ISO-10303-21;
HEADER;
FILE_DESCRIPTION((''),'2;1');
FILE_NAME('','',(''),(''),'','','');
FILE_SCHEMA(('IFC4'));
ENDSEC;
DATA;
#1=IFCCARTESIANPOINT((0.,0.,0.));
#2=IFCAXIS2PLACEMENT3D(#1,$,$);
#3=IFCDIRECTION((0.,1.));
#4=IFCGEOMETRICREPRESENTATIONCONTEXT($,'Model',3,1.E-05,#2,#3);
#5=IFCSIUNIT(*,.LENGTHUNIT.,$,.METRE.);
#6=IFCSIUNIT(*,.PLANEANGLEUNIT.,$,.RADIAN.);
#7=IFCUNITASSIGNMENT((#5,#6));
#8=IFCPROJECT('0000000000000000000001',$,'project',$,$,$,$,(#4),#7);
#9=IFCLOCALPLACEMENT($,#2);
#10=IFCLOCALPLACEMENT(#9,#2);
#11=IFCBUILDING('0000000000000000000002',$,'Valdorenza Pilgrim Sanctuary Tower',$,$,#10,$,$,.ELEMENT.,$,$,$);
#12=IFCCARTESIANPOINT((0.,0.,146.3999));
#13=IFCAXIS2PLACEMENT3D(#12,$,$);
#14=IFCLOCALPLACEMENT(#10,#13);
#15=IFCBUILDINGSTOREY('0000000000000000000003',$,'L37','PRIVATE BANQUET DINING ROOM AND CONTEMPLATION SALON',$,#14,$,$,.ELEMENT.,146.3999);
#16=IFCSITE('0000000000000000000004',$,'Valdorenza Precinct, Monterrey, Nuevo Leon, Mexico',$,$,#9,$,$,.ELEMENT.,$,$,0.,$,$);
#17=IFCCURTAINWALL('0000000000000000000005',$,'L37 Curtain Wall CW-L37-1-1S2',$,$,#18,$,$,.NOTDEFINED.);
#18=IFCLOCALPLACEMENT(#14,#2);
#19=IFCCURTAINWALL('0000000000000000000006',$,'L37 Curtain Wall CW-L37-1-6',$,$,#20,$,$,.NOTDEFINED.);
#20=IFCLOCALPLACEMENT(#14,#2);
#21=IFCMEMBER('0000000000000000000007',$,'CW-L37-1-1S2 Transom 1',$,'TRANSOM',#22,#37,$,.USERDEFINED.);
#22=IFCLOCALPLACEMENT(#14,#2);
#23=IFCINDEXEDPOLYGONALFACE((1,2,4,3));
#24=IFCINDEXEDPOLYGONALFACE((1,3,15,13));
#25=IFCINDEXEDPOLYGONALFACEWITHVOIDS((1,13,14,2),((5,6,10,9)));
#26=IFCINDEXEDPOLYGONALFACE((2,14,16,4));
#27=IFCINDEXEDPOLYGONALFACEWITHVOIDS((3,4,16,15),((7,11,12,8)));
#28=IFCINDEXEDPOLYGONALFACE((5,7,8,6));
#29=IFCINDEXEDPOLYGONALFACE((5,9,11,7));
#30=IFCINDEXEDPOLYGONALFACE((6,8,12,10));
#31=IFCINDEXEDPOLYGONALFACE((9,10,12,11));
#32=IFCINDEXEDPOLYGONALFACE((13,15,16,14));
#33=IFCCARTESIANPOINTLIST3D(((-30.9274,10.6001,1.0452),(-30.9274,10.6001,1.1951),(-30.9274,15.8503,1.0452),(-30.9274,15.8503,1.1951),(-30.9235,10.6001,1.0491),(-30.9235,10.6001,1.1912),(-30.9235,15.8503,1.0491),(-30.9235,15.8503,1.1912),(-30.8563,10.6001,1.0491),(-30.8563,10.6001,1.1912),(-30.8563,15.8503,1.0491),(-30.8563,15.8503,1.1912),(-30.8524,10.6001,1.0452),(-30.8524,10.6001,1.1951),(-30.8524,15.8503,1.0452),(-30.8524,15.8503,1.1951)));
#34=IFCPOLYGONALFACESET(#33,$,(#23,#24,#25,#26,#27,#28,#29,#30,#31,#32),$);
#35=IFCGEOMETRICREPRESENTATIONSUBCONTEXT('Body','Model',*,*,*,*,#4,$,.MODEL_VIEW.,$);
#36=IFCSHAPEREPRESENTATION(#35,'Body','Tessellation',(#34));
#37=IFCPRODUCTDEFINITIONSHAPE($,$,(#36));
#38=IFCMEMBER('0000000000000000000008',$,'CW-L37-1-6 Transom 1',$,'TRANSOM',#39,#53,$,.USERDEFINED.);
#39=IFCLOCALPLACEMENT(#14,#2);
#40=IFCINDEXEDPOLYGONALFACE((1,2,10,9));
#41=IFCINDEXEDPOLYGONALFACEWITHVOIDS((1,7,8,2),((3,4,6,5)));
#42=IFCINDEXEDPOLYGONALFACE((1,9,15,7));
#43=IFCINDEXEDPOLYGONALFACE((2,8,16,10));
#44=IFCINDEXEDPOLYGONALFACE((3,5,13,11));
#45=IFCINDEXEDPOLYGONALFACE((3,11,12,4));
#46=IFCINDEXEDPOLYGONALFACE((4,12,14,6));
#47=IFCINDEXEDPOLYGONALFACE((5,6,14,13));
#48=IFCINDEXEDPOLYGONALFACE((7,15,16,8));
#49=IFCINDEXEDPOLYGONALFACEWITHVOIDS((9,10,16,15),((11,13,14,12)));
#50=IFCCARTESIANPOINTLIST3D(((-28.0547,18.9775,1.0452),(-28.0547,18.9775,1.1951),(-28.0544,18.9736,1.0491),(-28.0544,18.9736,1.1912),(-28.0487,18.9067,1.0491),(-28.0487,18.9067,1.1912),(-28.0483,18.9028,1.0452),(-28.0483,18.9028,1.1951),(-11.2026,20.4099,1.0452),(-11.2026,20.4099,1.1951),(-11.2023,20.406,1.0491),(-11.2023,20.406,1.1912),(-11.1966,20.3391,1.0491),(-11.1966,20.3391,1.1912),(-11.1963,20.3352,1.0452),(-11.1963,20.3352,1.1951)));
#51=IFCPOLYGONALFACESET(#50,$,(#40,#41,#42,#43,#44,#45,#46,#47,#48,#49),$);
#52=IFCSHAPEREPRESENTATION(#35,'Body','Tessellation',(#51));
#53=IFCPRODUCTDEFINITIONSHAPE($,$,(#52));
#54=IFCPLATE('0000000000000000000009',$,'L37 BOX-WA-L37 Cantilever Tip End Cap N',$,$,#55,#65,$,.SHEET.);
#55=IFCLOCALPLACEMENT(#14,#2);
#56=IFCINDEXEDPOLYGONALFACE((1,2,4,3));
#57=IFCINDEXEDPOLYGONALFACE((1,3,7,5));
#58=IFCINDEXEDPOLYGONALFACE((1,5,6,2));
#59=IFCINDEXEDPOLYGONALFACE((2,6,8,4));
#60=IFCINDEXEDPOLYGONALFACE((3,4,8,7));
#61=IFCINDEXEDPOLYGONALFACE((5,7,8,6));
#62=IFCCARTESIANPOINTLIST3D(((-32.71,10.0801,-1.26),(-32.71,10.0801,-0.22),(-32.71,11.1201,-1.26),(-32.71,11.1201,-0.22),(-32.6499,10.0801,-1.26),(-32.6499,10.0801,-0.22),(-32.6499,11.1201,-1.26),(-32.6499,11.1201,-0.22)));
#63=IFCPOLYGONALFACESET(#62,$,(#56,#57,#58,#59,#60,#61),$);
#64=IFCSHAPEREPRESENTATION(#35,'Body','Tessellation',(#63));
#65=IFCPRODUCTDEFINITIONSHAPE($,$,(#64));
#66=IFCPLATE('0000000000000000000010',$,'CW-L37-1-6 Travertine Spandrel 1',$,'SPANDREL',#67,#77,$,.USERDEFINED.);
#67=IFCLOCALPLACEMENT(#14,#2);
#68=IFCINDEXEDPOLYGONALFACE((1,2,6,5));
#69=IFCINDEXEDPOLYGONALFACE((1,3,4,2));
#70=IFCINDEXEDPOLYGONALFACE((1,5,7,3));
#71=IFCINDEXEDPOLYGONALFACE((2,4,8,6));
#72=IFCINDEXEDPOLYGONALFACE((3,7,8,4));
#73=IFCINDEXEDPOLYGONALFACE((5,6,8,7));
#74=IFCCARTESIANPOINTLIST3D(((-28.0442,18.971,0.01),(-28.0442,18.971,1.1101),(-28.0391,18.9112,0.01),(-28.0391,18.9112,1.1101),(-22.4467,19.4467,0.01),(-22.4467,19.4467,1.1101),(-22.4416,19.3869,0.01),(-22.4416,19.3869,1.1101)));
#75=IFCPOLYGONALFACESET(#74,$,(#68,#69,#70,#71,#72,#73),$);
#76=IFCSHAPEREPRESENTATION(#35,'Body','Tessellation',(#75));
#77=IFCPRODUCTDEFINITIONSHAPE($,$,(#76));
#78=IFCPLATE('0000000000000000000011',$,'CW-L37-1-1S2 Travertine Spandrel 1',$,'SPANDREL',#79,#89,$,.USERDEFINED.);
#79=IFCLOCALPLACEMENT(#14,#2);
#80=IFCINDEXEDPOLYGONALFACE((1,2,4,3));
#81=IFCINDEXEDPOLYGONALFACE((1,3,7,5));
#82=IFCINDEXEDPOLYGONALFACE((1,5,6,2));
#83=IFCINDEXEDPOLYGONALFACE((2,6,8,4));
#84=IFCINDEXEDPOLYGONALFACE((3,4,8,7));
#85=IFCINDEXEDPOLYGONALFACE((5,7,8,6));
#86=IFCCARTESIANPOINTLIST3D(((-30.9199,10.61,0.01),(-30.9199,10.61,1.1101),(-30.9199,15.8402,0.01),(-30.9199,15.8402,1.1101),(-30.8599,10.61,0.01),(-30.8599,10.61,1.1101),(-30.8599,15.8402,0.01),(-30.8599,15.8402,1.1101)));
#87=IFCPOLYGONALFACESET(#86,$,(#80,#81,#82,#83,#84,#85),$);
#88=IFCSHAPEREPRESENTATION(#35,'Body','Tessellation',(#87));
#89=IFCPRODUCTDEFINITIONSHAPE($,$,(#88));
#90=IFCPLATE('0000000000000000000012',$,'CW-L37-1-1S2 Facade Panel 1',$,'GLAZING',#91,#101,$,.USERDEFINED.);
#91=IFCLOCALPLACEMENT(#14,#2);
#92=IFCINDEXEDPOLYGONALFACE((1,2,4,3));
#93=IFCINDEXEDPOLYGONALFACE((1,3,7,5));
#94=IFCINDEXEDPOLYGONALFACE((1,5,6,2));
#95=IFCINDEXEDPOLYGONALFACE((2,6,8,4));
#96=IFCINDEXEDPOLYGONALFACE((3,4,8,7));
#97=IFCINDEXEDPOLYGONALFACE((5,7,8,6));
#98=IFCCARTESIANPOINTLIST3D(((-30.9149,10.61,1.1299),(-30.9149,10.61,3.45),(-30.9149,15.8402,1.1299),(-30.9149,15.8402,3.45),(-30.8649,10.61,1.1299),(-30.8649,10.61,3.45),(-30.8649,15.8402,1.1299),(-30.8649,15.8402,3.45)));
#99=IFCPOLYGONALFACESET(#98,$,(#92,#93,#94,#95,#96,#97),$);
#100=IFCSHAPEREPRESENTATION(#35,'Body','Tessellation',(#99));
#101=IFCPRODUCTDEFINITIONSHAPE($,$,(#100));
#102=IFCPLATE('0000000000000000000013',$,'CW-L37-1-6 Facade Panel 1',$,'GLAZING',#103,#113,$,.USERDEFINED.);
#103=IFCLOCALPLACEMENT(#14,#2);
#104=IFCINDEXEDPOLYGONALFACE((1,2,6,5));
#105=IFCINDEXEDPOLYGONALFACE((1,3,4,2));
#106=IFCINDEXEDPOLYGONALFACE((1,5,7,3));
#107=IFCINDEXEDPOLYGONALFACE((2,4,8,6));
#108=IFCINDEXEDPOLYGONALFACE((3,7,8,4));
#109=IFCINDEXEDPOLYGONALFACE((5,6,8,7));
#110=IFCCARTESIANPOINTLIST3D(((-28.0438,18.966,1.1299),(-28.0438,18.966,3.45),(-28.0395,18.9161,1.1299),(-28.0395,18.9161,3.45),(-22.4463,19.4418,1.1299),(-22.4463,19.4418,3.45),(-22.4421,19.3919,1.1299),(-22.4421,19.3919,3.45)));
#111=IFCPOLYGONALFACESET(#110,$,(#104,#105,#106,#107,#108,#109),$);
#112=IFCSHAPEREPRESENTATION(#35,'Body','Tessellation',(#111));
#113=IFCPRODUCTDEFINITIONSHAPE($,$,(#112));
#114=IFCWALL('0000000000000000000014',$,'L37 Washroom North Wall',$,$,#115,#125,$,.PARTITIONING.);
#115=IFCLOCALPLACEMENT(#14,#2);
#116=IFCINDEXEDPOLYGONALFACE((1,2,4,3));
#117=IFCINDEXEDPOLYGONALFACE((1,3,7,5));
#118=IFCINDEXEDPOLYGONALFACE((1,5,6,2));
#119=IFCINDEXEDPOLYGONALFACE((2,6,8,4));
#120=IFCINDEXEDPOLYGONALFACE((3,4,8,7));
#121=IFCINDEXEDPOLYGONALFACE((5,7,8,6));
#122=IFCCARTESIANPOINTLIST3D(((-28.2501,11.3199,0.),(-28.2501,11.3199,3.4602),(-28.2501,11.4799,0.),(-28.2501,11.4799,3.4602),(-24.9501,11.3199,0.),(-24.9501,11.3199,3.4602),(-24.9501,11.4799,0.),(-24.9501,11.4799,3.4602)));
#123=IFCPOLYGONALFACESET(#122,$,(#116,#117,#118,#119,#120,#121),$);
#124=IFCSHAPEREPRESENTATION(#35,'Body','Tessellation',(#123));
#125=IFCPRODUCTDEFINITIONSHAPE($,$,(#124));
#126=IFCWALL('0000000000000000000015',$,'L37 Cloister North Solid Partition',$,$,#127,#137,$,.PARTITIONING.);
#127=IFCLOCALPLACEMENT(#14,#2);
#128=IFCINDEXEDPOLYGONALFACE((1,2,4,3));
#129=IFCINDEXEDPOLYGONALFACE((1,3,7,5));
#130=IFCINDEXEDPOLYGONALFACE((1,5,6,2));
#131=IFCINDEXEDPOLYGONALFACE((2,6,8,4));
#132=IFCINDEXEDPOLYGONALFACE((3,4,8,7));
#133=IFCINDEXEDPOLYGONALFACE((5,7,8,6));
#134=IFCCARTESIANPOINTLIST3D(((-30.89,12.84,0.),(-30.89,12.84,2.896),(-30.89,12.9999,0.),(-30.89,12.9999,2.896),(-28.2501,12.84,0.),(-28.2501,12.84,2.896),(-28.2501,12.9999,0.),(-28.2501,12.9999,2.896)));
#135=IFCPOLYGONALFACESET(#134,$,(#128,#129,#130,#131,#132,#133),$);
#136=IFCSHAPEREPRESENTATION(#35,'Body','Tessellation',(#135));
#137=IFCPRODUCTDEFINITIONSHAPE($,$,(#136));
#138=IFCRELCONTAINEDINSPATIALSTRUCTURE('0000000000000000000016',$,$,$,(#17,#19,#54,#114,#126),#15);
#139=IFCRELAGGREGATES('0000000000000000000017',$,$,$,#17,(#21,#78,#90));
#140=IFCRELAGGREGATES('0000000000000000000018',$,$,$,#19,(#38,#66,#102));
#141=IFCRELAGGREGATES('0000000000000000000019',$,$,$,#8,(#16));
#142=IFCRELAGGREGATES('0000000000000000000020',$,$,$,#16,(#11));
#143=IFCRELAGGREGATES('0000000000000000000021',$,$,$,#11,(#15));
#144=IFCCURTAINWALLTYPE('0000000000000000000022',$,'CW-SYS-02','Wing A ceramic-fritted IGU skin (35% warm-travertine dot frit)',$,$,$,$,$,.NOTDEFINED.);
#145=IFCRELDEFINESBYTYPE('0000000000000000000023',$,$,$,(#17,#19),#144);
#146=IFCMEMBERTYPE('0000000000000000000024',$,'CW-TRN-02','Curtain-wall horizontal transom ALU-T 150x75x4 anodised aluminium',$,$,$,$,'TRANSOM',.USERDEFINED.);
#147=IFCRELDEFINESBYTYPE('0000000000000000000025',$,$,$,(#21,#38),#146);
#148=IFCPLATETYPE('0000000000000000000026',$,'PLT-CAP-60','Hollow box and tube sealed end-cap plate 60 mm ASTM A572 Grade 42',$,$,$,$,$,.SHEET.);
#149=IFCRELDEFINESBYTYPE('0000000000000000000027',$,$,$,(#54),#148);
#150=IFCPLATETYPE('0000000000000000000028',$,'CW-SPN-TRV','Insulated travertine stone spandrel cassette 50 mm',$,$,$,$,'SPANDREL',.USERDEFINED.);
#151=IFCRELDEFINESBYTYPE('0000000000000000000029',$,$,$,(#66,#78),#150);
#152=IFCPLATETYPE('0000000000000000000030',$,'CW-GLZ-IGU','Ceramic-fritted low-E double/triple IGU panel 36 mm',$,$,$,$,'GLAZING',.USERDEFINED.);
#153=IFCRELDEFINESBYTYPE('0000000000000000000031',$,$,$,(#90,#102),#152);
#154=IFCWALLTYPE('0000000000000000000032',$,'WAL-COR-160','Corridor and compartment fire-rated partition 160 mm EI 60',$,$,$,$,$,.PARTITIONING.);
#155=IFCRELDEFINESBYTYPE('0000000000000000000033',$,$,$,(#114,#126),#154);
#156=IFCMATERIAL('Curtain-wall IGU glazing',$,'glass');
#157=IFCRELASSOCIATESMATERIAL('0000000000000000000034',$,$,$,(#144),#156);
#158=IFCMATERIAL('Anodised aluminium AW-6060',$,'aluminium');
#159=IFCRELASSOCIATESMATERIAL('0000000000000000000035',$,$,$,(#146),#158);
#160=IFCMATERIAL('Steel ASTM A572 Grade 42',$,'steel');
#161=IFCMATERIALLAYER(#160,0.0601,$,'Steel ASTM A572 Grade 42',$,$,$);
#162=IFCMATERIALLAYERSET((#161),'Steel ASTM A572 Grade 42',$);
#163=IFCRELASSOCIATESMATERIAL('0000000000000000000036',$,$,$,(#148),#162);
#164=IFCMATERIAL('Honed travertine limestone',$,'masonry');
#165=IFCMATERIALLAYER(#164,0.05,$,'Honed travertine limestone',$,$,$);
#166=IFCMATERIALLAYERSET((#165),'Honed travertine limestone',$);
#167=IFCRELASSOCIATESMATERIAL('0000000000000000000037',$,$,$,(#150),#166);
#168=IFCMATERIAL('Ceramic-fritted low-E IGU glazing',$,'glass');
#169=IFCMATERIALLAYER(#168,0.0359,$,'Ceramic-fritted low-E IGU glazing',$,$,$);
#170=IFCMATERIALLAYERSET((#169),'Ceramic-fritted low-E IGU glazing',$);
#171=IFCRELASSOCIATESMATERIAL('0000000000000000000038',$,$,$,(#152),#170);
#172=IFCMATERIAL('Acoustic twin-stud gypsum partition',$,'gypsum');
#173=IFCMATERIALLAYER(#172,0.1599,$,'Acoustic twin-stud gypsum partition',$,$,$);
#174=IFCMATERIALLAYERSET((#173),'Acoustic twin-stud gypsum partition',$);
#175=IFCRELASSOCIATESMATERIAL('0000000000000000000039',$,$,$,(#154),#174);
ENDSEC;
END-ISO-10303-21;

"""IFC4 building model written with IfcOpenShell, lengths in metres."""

from ifc_helpers import new_model, si_unit, direction, frame, frame_2d, origin, origin_2d, place, context, subcontext, project, spatial, rectangle, hollow_rectangle, extrude, source, transform, mapped, material, layer, layer_set, material_profile, profile_set, type_object, element, aggregate, save


model = new_model("IFC4")

# Units and contexts
model_context = context("Model", 3, precision=1e-05, world=origin(), true_north=direction((0.0, 1.0)))
body_context = subcontext(model_context, "Body", "Model", "MODEL_VIEW")
ifc_project = project(units=[si_unit("LENGTHUNIT", "METRE"), si_unit("PLANEANGLEUNIT", "RADIAN")], contexts=[model_context])

# Site, building, storey
site_placement = place(None, origin())
site = spatial("IfcSite", under=ifc_project, at=site_placement, Name="Valdorenza Precinct, Monterrey, Nuevo Leon, Mexico", CompositionType="ELEMENT", RefElevation=0.0)
building_placement = place(site_placement, origin())
building = spatial("IfcBuilding", under=site, at=building_placement, Name="Valdorenza Pilgrim Sanctuary Tower", CompositionType="ELEMENT")
storey_placement = place(building_placement, frame((0.0, 0.0, 146.3999)))
storey = spatial("IfcBuildingStorey", under=building, at=storey_placement, Name="L37", Description="PRIVATE BANQUET DINING ROOM AND CONTEMPLATION SALON", CompositionType="ELEMENT", Elevation=146.3999)

# Shared definitions
ifc_material_1 = material(Name="Steel ASTM A572 Grade 42", Category="steel")

# Curtain wall
ifc_material_2 = material(Name="Curtain-wall IGU glazing", Category="glass")
curtain_wall_type = type_object("IfcCurtainWallType", Name="CW-SYS-02", Description="Wing A ceramic-fritted IGU skin (35% warm-travertine dot frit)", PredefinedType="NOTDEFINED", material=ifc_material_2)
curtain_wall_1_placement = place(storey_placement, origin())
curtain_wall_1 = element("IfcCurtainWall", 1, at=curtain_wall_1_placement, inside=storey, type_object=curtain_wall_type, Name="L37 Curtain Wall CW-L37-1-1S2", PredefinedType="NOTDEFINED")
ifc_material_3 = material(Name="Anodised aluminium AW-6060", Category="aluminium")

# Curtain wall
curtain_wall_2_placement = place(storey_placement, origin())
curtain_wall_2 = element("IfcCurtainWall", 2, at=curtain_wall_2_placement, inside=storey, type_object=curtain_wall_type, Name="L37 Curtain Wall CW-L37-1-6", PredefinedType="NOTDEFINED")

# Members
ifc_material_profile_1 = material_profile(ifc_material_3, hollow_rectangle(XDim=0.075, YDim=0.1499, WallThickness=0.0039, at=origin_2d()), Name="ALU-T 150x75x4")
ifc_profile_set_1 = profile_set([ifc_material_profile_1], Name="Anodised aluminium AW-6060")
member_type_1 = type_object("IfcMemberType", Name="CW-TRN-02", Description="Curtain-wall horizontal transom ALU-T 150x75x4 anodised aluminium", ElementType="TRANSOM", PredefinedType="USERDEFINED", material=ifc_profile_set_1)
shared_shape_1 = source(origin(), body_context, "Body", "SweptSolid", [
    extrude(hollow_rectangle(XDim=0.075, YDim=0.1499, WallThickness=0.0039, at=origin_2d()), origin(), (0.0, 0.0, 1.0), 5.2502),
])
member_1_placement = place(storey_placement, frame((-30.8899, 10.6001, 1.1201), z_axis=(0.0, 1.0, 0.0), x_axis=(-1.0, 0.0, 0.0)))
member_1 = element("IfcMember", 3, at=member_1_placement, type_object=member_type_1, Name="CW-L37-1-1S2 Transom 1", ObjectType="TRANSOM", PredefinedType="USERDEFINED", context=body_context, shape_type="MappedRepresentation", body=[
    mapped(shared_shape_1, transform((0.0, 0.0, 0.0), x_axis=(1.0, 0.0, 0.0), y_axis=(0.0, 1.0, 0.0), z_axis=(0.0, 0.0, 1.0), scale=1.0)),
])
shared_shape_2 = source(origin(), body_context, "Body", "SweptSolid", [
    extrude(hollow_rectangle(XDim=0.075, YDim=0.1499, WallThickness=0.0039, at=origin_2d()), origin(), (0.0, 0.0, 1.0), 16.9128),
])
member_2_placement = place(storey_placement, frame((-28.0515, 18.9402, 1.1201), z_axis=(0.996407, 0.084692, 0.0), x_axis=(-0.084692, 0.996407, 0.0)))
member_2 = element("IfcMember", 4, at=member_2_placement, type_object=member_type_1, Name="CW-L37-1-6 Transom 1", ObjectType="TRANSOM", PredefinedType="USERDEFINED", context=body_context, shape_type="MappedRepresentation", body=[
    mapped(shared_shape_2, transform((0.0, 0.0, 0.0), x_axis=(1.0, 0.0, 0.0), y_axis=(0.0, 1.0, 0.0), z_axis=(0.0, 0.0, 1.0), scale=1.0)),
])

# Plates
ifc_layer_1 = layer(ifc_material_1, 0.0601, Name="Steel ASTM A572 Grade 42")
ifc_layer_set_1 = layer_set([ifc_layer_1], Name="Steel ASTM A572 Grade 42")
plate_type_1 = type_object("IfcPlateType", Name="PLT-CAP-60", Description="Hollow box and tube sealed end-cap plate 60 mm ASTM A572 Grade 42", PredefinedType="SHEET", material=ifc_layer_set_1)
shared_shape_3 = source(origin(), body_context, "Body", "SweptSolid", [
    extrude(rectangle(XDim=0.0601, YDim=1.04, at=origin_2d()), origin(), (0.0, 0.0, 1.0), 1.04),
])
plate_1_placement = place(storey_placement, frame((-32.6799, 10.6001, -1.26), z_axis=(0.0, 0.0, 1.0), x_axis=(1.0, 0.0, 0.0)))
element("IfcPlate", 5, at=plate_1_placement, inside=storey, type_object=plate_type_1, Name="L37 BOX-WA-L37 Cantilever Tip End Cap N", PredefinedType="SHEET", context=body_context, shape_type="MappedRepresentation", body=[
    mapped(shared_shape_3, transform((0.0, 0.0, 0.0), x_axis=(1.0, 0.0, 0.0), y_axis=(0.0, 1.0, 0.0), z_axis=(0.0, 0.0, 1.0), scale=1.0)),
])
ifc_material_4 = material(Name="Honed travertine limestone", Category="masonry")
ifc_layer_2 = layer(ifc_material_4, 0.05, Name="Honed travertine limestone")
ifc_layer_set_2 = layer_set([ifc_layer_2], Name="Honed travertine limestone")
plate_type_2 = type_object("IfcPlateType", Name="CW-SPN-TRV", Description="Insulated travertine stone spandrel cassette 50 mm", ElementType="SPANDREL", PredefinedType="USERDEFINED", material=ifc_layer_set_2)
shared_shape_4 = source(origin(), body_context, "Body", "SweptSolid", [
    extrude(rectangle(XDim=5.6177, YDim=0.0601, at=origin_2d()), origin(), (0.0, 0.0, 1.0), 1.1001),
])
plate_2_placement = place(storey_placement, frame((-25.2429, 19.179, 0.01), z_axis=(0.0, 0.0, 1.0), x_axis=(0.996408, 0.084687, 0.0)))
plate_2 = element("IfcPlate", 6, at=plate_2_placement, type_object=plate_type_2, Name="CW-L37-1-6 Travertine Spandrel 1", ObjectType="SPANDREL", PredefinedType="USERDEFINED", context=body_context, shape_type="MappedRepresentation", body=[
    mapped(shared_shape_4, transform((0.0, 0.0, 0.0), x_axis=(1.0, 0.0, 0.0), y_axis=(0.0, 1.0, 0.0), z_axis=(0.0, 0.0, 1.0), scale=1.0)),
])
shared_shape_5 = source(origin(), body_context, "Body", "SweptSolid", [
    extrude(rectangle(XDim=5.2302, YDim=0.0601, at=origin_2d()), origin(), (0.0, 0.0, 1.0), 1.1001),
])
plate_3_placement = place(storey_placement, frame((-30.8899, 13.2251, 0.01), z_axis=(0.0, 0.0, 1.0), x_axis=(0.0, 1.0, 0.0)))
plate_3 = element("IfcPlate", 7, at=plate_3_placement, type_object=plate_type_2, Name="CW-L37-1-1S2 Travertine Spandrel 1", ObjectType="SPANDREL", PredefinedType="USERDEFINED", context=body_context, shape_type="MappedRepresentation", body=[
    mapped(shared_shape_5, transform((0.0, 0.0, 0.0), x_axis=(1.0, 0.0, 0.0), y_axis=(0.0, 1.0, 0.0), z_axis=(0.0, 0.0, 1.0), scale=1.0)),
])
ifc_material_5 = material(Name="Ceramic-fritted low-E IGU glazing", Category="glass")
ifc_layer_3 = layer(ifc_material_5, 0.0359, Name="Ceramic-fritted low-E IGU glazing")
ifc_layer_set_3 = layer_set([ifc_layer_3], Name="Ceramic-fritted low-E IGU glazing")
plate_type_3 = type_object("IfcPlateType", Name="CW-GLZ-IGU", Description="Ceramic-fritted low-E double/triple IGU panel 36 mm", ElementType="GLAZING", PredefinedType="USERDEFINED", material=ifc_layer_set_3)
shared_shape_6 = source(origin(), body_context, "Body", "SweptSolid", [
    extrude(rectangle(XDim=5.2302, YDim=0.05, at=origin_2d()), origin(), (0.0, 0.0, 1.0), 2.3201),
])
plate_4_placement = place(storey_placement, frame((-30.8899, 13.2251, 1.1299), z_axis=(0.0, 0.0, 1.0), x_axis=(0.0, 1.0, 0.0)))
plate_4 = element("IfcPlate", 8, at=plate_4_placement, type_object=plate_type_3, Name="CW-L37-1-1S2 Facade Panel 1", ObjectType="GLAZING", PredefinedType="USERDEFINED", context=body_context, shape_type="MappedRepresentation", body=[
    mapped(shared_shape_6, transform((0.0, 0.0, 0.0), x_axis=(1.0, 0.0, 0.0), y_axis=(0.0, 1.0, 0.0), z_axis=(0.0, 0.0, 1.0), scale=1.0)),
])
aggregate(curtain_wall_1, [member_1, plate_3, plate_4])
shared_shape_7 = source(origin(), body_context, "Body", "SweptSolid", [
    extrude(rectangle(XDim=5.6177, YDim=0.05, at=origin_2d()), origin(), (0.0, 0.0, 1.0), 2.3201),
])
plate_5_placement = place(storey_placement, frame((-25.2429, 19.179, 1.1299), z_axis=(0.0, 0.0, 1.0), x_axis=(0.996408, 0.084687, 0.0)))
plate_5 = element("IfcPlate", 9, at=plate_5_placement, type_object=plate_type_3, Name="CW-L37-1-6 Facade Panel 1", ObjectType="GLAZING", PredefinedType="USERDEFINED", context=body_context, shape_type="MappedRepresentation", body=[
    mapped(shared_shape_7, transform((0.0, 0.0, 0.0), x_axis=(1.0, 0.0, 0.0), y_axis=(0.0, 1.0, 0.0), z_axis=(0.0, 0.0, 1.0), scale=1.0)),
])
aggregate(curtain_wall_2, [member_2, plate_2, plate_5])

# Walls
ifc_material_6 = material(Name="Acoustic twin-stud gypsum partition", Category="gypsum")
ifc_layer_4 = layer(ifc_material_6, 0.1599, Name="Acoustic twin-stud gypsum partition")
ifc_layer_set_4 = layer_set([ifc_layer_4], Name="Acoustic twin-stud gypsum partition")
wall_type_1 = type_object("IfcWallType", Name="WAL-COR-160", Description="Corridor and compartment fire-rated partition 160 mm EI 60", PredefinedType="PARTITIONING", material=ifc_layer_set_4)
wall_1_placement = place(storey_placement, frame((-28.25, 11.3999, 0.0), z_axis=(0.0, 0.0, 1.0), x_axis=(1.0, 0.0, 0.0)))
element("IfcWall", 10, at=wall_1_placement, inside=storey, type_object=wall_type_1, Name="L37 Washroom North Wall", PredefinedType="PARTITIONING", context=body_context, shape_type="SweptSolid", body=[
    extrude(rectangle(XDim=3.3, YDim=0.1599, at=frame_2d((1.6499, 0.0))), origin(), (0.0, 0.0, 1.0), 3.4602),
])
wall_2_placement = place(storey_placement, frame((-30.8899, 12.9199, 0.0), z_axis=(0.0, 0.0, 1.0), x_axis=(1.0, 0.0, 0.0)))
element("IfcWall", 11, at=wall_2_placement, inside=storey, type_object=wall_type_1, Name="L37 Cloister North Solid Partition", PredefinedType="PARTITIONING", context=body_context, shape_type="SweptSolid", body=[
    extrude(rectangle(XDim=2.6399, YDim=0.1599, at=frame_2d((1.3198, 0.0))), origin(), (0.0, 0.0, 1.0), 2.896),
])

save(model, "model.ifc")
